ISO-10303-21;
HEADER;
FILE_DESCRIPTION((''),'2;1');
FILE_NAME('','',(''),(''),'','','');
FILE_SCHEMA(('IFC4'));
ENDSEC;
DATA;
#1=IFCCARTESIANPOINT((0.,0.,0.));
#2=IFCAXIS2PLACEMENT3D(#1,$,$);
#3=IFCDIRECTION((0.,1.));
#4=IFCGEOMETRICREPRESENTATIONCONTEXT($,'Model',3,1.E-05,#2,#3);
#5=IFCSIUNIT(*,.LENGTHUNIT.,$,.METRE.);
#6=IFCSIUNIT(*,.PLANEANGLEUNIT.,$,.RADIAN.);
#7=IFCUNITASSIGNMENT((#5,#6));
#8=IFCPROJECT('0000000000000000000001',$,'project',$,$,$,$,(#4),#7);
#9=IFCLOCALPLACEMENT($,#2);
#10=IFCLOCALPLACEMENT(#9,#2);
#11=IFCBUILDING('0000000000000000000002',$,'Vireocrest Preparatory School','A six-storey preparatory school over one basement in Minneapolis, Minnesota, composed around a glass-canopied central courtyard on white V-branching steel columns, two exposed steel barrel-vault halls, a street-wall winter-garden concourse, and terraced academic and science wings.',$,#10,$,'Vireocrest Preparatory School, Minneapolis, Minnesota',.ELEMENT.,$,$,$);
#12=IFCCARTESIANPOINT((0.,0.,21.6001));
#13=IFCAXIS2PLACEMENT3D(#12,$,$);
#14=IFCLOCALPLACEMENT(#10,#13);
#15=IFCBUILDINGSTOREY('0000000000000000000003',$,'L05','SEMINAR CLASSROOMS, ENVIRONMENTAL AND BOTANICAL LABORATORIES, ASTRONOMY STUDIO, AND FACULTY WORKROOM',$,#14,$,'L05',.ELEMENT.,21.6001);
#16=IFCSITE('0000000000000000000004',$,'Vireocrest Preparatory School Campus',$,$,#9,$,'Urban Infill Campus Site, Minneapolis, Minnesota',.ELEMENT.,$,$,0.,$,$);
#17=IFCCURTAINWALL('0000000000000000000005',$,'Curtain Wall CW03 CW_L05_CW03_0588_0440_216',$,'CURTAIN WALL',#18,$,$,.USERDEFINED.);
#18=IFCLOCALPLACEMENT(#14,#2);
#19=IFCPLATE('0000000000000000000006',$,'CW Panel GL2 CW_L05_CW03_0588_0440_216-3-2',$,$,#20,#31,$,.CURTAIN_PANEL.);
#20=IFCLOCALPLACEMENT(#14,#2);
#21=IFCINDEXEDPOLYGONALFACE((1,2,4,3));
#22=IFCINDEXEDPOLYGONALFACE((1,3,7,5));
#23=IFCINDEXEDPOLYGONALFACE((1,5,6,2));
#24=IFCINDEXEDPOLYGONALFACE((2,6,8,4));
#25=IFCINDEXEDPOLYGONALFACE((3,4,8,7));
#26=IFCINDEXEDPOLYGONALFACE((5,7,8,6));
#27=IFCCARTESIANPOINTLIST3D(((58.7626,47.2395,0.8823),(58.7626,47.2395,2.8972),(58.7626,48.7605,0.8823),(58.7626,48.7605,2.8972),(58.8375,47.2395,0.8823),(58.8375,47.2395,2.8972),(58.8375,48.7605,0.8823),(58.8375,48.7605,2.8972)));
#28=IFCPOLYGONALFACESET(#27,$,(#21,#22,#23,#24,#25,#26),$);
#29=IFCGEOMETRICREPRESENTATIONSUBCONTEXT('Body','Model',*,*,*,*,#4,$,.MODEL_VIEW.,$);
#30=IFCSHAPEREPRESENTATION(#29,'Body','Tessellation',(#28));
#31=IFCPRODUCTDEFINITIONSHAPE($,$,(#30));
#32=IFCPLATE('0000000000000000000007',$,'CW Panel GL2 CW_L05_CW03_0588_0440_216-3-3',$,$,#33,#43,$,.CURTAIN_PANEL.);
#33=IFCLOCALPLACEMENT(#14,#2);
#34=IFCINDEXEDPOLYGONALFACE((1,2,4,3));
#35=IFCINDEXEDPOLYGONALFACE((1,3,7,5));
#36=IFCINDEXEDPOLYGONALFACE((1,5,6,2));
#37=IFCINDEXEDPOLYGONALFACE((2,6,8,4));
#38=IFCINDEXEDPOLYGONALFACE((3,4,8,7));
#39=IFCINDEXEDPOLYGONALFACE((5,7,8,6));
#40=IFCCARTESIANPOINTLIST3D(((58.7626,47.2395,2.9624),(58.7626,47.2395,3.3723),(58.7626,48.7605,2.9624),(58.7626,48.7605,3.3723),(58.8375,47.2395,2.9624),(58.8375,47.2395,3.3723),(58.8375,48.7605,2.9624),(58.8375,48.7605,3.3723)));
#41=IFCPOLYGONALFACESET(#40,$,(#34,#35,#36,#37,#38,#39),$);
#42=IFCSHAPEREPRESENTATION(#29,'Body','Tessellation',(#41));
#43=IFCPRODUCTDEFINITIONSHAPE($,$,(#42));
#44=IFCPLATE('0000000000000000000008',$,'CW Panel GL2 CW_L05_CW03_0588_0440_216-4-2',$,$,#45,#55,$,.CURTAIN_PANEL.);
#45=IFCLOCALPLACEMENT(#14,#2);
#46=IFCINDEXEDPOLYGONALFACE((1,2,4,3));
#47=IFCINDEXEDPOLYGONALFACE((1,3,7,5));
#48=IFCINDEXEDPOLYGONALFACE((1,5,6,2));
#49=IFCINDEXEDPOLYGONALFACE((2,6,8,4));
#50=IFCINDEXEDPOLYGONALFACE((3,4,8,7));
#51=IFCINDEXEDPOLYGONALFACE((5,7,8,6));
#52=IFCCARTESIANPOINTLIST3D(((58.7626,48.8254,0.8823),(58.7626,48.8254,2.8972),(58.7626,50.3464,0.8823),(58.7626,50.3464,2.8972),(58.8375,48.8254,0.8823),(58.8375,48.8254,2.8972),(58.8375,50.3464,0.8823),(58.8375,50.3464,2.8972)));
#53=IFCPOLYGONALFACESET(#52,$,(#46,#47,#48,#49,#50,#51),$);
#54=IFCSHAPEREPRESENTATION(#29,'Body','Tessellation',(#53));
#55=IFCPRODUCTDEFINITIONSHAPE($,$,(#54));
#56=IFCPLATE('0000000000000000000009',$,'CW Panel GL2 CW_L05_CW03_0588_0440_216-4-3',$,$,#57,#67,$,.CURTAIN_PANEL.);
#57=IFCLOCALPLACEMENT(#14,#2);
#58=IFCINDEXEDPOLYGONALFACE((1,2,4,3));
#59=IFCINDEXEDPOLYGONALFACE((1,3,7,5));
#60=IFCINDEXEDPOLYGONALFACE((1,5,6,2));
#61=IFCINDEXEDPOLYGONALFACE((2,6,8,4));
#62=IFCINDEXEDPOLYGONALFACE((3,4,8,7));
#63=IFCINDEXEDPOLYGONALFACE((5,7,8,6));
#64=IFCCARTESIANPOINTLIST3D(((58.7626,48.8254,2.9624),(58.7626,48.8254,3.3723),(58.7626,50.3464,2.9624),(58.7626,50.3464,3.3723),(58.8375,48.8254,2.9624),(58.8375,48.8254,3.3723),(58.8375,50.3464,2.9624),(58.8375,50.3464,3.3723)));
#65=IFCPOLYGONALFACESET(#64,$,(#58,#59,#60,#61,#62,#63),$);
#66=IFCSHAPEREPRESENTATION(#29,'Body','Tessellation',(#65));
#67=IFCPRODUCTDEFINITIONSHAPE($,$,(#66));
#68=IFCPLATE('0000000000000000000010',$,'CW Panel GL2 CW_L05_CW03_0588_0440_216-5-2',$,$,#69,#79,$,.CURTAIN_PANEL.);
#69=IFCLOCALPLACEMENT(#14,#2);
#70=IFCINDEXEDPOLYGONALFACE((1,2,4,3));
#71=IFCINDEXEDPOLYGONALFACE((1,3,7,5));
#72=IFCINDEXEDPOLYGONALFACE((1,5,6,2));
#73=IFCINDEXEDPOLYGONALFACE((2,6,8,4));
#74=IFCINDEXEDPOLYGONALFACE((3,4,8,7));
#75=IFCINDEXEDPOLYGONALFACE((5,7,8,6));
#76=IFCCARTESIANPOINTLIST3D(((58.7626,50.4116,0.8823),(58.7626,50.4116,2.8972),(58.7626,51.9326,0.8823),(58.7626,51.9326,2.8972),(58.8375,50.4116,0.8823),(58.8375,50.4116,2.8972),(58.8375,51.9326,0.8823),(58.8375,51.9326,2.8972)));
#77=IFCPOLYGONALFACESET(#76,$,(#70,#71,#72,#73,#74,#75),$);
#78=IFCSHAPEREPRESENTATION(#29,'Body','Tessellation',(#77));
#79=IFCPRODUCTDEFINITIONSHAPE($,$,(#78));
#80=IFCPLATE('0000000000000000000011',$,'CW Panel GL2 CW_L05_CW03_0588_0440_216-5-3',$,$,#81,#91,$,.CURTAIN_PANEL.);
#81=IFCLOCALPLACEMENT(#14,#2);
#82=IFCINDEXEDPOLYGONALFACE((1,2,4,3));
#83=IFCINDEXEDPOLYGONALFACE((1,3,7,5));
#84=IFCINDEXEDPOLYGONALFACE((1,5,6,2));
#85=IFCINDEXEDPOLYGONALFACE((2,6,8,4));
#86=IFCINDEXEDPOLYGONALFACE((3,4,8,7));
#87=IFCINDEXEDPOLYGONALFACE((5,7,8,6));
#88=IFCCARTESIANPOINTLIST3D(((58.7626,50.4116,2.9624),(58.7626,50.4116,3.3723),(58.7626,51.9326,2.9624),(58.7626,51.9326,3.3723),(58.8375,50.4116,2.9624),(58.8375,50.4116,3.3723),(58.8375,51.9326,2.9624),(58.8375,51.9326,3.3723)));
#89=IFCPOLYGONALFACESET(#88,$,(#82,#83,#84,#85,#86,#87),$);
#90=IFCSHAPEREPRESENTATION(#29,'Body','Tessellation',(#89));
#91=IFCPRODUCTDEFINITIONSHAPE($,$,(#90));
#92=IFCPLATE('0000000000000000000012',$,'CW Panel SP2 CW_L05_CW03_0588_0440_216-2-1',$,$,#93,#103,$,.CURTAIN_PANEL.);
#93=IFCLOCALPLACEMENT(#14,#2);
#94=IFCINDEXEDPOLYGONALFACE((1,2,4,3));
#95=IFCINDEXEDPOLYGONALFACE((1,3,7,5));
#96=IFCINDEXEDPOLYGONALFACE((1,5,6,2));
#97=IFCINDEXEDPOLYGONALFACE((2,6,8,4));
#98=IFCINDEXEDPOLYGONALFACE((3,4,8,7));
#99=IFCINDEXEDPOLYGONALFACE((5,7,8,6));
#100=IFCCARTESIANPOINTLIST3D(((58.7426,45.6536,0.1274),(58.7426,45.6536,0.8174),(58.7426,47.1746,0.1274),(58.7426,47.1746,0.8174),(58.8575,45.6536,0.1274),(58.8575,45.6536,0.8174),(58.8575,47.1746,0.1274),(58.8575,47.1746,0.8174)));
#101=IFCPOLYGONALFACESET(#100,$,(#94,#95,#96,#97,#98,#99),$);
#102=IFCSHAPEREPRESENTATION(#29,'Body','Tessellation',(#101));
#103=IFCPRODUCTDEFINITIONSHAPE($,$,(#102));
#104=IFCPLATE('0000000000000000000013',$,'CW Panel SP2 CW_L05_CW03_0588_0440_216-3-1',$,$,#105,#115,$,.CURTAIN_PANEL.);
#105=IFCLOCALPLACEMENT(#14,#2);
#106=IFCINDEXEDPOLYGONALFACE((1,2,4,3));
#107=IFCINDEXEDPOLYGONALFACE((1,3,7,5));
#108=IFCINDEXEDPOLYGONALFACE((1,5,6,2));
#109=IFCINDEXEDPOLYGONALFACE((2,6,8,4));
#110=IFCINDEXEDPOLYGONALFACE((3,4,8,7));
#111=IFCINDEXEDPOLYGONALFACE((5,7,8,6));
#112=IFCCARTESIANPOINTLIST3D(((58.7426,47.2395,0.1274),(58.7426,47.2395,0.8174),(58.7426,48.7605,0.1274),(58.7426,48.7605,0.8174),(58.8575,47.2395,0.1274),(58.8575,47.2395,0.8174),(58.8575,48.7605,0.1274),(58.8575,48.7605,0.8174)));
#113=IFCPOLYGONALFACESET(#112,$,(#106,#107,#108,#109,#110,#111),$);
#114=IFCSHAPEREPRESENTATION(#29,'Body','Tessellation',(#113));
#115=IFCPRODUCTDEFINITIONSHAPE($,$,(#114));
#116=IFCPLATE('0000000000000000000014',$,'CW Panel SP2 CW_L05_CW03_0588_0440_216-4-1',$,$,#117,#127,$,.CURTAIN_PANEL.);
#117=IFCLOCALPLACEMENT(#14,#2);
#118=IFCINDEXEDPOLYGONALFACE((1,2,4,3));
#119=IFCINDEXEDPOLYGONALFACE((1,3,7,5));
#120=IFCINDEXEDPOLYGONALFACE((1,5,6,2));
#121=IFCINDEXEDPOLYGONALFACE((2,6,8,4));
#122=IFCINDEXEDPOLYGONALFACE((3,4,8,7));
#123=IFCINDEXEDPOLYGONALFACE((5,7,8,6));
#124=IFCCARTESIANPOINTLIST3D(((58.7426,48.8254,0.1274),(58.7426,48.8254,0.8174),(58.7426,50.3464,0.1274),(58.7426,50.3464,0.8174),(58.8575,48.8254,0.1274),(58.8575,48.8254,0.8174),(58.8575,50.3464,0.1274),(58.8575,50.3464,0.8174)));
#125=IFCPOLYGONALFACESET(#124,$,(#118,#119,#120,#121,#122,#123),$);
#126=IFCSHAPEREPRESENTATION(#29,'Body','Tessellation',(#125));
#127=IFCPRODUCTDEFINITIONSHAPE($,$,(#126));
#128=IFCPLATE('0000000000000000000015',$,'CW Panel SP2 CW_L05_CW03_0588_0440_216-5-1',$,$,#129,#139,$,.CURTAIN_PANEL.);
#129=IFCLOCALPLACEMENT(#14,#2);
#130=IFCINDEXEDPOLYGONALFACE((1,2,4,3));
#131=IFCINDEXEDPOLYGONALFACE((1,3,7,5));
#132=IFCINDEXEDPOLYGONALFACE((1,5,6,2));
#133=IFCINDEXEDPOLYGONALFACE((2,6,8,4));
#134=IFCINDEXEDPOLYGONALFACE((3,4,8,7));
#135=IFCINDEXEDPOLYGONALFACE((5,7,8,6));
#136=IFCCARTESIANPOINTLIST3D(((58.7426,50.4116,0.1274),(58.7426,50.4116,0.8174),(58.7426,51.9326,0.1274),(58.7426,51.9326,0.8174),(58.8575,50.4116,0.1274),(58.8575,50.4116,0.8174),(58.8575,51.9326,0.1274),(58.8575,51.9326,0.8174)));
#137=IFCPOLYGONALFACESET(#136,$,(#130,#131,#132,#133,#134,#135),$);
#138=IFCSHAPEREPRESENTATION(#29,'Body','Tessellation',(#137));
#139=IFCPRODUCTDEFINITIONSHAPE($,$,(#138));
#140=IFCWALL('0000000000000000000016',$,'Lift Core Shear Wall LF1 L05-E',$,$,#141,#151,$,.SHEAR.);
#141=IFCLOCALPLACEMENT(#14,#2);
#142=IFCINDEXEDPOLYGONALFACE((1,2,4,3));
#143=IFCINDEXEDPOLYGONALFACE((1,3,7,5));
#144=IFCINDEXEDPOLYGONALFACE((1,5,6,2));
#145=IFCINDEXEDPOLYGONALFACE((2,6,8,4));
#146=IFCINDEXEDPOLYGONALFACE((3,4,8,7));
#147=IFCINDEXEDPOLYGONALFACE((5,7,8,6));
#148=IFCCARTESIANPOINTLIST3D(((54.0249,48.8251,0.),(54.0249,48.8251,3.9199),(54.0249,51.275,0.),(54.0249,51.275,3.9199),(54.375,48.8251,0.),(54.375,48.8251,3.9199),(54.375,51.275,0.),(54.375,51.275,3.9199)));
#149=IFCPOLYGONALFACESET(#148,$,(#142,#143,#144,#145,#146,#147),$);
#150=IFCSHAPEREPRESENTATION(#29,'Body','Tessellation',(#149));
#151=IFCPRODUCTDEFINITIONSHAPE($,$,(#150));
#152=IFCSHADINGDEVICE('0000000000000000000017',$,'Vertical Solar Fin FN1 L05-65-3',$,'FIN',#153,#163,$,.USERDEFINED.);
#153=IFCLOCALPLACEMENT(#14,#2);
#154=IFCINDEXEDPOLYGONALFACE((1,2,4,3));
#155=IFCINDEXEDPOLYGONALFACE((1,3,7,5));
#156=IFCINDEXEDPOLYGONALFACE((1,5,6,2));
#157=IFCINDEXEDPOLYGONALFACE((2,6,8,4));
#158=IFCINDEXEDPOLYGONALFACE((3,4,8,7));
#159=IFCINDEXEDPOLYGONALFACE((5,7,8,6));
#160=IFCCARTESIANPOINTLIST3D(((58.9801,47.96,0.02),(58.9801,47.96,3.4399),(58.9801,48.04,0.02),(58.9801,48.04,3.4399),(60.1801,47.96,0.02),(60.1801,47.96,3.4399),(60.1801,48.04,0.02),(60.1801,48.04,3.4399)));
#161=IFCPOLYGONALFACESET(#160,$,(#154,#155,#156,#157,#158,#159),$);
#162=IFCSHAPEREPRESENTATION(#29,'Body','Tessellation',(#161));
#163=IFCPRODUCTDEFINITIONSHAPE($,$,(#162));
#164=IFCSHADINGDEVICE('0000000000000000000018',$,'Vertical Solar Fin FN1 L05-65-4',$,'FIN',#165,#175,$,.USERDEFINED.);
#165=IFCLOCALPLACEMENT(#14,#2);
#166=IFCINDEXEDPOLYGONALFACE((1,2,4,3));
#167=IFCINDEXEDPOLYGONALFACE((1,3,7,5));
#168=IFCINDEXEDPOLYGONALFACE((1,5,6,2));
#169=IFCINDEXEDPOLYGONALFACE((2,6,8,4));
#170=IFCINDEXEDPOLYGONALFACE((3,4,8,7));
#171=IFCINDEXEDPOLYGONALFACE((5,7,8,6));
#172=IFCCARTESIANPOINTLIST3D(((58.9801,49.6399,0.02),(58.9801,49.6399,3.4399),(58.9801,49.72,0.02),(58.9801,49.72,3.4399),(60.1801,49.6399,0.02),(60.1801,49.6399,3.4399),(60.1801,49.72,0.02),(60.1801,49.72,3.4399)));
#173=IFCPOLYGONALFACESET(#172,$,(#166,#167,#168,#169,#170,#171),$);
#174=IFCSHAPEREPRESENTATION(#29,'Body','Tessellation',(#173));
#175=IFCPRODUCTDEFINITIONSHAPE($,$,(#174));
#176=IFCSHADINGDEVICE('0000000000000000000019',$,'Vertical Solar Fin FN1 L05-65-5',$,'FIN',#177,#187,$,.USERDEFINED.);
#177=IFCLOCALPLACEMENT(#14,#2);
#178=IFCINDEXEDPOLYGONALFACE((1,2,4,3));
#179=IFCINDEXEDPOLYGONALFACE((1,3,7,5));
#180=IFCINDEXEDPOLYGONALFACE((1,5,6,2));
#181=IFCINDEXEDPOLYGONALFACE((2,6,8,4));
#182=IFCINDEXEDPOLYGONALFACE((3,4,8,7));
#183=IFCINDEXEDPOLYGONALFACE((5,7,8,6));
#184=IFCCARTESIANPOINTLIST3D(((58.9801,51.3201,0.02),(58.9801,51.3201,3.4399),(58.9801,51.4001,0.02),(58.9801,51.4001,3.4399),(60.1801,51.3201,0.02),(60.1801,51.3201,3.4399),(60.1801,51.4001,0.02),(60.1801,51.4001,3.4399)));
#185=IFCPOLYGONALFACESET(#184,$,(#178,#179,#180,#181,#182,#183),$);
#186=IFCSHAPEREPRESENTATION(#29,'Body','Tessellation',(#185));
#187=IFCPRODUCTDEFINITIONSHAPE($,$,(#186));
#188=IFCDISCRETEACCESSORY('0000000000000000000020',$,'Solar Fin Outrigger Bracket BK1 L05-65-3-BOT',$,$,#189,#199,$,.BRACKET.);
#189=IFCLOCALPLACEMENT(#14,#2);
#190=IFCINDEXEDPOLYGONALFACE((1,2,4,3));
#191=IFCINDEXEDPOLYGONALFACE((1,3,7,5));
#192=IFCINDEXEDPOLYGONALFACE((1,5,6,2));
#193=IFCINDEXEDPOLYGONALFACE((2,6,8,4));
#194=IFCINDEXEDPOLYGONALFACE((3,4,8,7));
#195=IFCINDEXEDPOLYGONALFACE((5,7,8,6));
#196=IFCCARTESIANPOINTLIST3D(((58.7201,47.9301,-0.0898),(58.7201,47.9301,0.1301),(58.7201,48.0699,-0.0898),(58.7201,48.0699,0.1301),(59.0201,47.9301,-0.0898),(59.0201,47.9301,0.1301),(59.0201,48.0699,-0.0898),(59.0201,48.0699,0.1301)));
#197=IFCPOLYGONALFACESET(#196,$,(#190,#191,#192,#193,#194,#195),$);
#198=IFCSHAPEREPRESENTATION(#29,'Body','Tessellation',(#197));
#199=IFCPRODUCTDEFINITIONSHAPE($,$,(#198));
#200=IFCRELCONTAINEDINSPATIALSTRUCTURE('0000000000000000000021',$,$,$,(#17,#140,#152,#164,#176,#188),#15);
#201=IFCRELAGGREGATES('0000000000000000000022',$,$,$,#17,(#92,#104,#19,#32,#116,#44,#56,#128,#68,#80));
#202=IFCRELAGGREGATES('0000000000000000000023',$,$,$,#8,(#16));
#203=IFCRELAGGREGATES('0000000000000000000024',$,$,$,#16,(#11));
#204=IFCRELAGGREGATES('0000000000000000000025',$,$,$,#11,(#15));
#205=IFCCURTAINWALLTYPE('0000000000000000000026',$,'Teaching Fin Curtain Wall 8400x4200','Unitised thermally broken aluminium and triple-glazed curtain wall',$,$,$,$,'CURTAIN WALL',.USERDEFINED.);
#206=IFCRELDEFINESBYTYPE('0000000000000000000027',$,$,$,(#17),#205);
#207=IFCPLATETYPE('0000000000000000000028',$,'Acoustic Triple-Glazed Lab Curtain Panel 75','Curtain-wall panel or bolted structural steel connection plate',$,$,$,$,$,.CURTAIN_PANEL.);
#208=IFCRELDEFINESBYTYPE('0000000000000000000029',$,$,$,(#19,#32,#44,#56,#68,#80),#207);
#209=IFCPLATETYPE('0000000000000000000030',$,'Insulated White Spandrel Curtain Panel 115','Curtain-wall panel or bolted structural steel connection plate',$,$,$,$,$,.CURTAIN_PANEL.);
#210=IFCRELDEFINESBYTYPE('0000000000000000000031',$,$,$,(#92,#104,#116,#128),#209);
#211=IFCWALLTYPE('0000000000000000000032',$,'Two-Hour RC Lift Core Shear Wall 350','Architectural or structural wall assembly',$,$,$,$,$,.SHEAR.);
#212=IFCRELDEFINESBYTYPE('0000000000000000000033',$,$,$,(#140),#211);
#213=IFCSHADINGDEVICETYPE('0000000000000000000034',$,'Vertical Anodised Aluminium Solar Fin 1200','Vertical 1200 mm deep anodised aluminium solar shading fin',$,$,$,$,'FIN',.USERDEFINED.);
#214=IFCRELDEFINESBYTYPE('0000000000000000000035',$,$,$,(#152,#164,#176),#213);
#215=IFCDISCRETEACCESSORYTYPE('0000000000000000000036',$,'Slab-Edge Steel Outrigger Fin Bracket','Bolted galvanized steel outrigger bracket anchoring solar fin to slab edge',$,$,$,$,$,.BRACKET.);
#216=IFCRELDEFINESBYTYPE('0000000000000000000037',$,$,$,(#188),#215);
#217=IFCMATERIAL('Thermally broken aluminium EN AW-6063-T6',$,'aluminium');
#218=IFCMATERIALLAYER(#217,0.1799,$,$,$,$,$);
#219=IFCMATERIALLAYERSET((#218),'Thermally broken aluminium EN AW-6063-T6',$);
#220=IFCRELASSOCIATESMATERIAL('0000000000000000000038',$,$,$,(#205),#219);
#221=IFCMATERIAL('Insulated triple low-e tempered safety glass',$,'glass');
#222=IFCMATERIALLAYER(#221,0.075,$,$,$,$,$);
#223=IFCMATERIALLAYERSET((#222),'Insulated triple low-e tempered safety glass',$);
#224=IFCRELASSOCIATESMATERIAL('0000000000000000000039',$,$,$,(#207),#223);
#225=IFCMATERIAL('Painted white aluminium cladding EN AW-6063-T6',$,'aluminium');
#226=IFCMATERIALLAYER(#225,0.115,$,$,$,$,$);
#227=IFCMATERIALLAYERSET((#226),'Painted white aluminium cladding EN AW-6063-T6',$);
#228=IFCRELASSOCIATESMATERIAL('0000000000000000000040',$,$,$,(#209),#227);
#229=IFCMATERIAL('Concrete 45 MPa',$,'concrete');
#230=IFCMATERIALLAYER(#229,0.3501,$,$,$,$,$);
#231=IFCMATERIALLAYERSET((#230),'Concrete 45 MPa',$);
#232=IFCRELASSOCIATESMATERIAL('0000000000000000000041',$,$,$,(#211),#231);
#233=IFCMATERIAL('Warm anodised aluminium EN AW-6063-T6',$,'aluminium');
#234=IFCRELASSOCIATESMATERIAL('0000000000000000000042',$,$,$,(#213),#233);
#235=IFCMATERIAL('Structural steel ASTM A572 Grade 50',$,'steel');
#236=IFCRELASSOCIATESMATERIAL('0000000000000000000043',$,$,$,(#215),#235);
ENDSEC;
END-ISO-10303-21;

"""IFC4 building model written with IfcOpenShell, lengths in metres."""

from ifc_helpers import new_model, si_unit, direction, frame, frame_2d, origin, origin_2d, place, context, subcontext, project, spatial, rectangle, extrude, material, layer, layer_set, material_profile, profile_set, type_object, element, aggregate, save


model = new_model("IFC4")

# Units and contexts
model_context = context("Model", 3, precision=1e-05, world=origin(), true_north=direction((0.0, 1.0)))
body_context = subcontext(model_context, "Body", "Model", "MODEL_VIEW")
ifc_project = project(units=[si_unit("LENGTHUNIT", "METRE"), si_unit("PLANEANGLEUNIT", "RADIAN")], contexts=[model_context])

# Site, building, storey
site_placement = place(None, origin())
site = spatial("IfcSite", under=ifc_project, at=site_placement, Name="Vireocrest Preparatory School Campus", LongName="Urban Infill Campus Site, Minneapolis, Minnesota", CompositionType="ELEMENT", RefElevation=0.0)
building_placement = place(site_placement, origin())
building = spatial("IfcBuilding", under=site, at=building_placement, Name="Vireocrest Preparatory School", Description="A six-storey preparatory school over one basement in Minneapolis, Minnesota, composed around a glass-canopied central courtyard on white V-branching steel columns, two exposed steel barrel-vault halls, a street-wall winter-garden concourse, and terraced academic and science wings.", LongName="Vireocrest Preparatory School, Minneapolis, Minnesota", CompositionType="ELEMENT")
storey_placement = place(building_placement, frame((0.0, 0.0, 21.6001)))
storey = spatial("IfcBuildingStorey", under=building, at=storey_placement, Name="L05", Description="SEMINAR CLASSROOMS, ENVIRONMENTAL AND BOTANICAL LABORATORIES, ASTRONOMY STUDIO, AND FACULTY WORKROOM", LongName="L05", CompositionType="ELEMENT", Elevation=21.6001)

# Curtain wall
ifc_material_1 = material(Name="Thermally broken aluminium EN AW-6063-T6", Category="aluminium")
ifc_layer_1 = layer(ifc_material_1, 0.1799)
ifc_layer_set_1 = layer_set([ifc_layer_1], Name="Thermally broken aluminium EN AW-6063-T6")
curtain_wall_type = type_object("IfcCurtainWallType", Name="Teaching Fin Curtain Wall 8400x4200", Description="Unitised thermally broken aluminium and triple-glazed curtain wall", ElementType="CURTAIN WALL", PredefinedType="USERDEFINED", material=ifc_layer_set_1)
curtain_wall_placement = place(storey_placement, origin())
curtain_wall = element("IfcCurtainWall", 1, at=curtain_wall_placement, inside=storey, type_object=curtain_wall_type, Name="Curtain Wall CW03 CW_L05_CW03_0588_0440_216", ObjectType="CURTAIN WALL", PredefinedType="USERDEFINED")

# Plates
ifc_material_2 = material(Name="Insulated triple low-e tempered safety glass", Category="glass")
ifc_layer_2 = layer(ifc_material_2, 0.075)
ifc_layer_set_2 = layer_set([ifc_layer_2], Name="Insulated triple low-e tempered safety glass")
plate_type_1 = type_object("IfcPlateType", Name="Acoustic Triple-Glazed Lab Curtain Panel 75", Description="Curtain-wall panel or bolted structural steel connection plate", PredefinedType="CURTAIN_PANEL", material=ifc_layer_set_2)
plate_1_placement = place(storey_placement, frame((58.8, 48.0, 0.8823), z_axis=(0.0, 0.0, 1.0), x_axis=(0.0, 1.0, 0.0)))
plate_1 = element("IfcPlate", 2, at=plate_1_placement, type_object=plate_type_1, Name="CW Panel GL2 CW_L05_CW03_0588_0440_216-3-2", PredefinedType="CURTAIN_PANEL", context=body_context, shape_type="SweptSolid", body=[
    extrude(rectangle(XDim=1.521, YDim=0.075, at=origin_2d()), origin(), (0.0, 0.0, 1.0), 2.0149),
])
plate_2_placement = place(storey_placement, frame((58.8, 48.0, 2.9624), z_axis=(0.0, 0.0, 1.0), x_axis=(0.0, 1.0, 0.0)))
plate_2 = element("IfcPlate", 3, at=plate_2_placement, type_object=plate_type_1, Name="CW Panel GL2 CW_L05_CW03_0588_0440_216-3-3", PredefinedType="CURTAIN_PANEL", context=body_context, shape_type="SweptSolid", body=[
    extrude(rectangle(XDim=1.521, YDim=0.075, at=origin_2d()), origin(), (0.0, 0.0, 1.0), 0.4099),
])
plate_3_placement = place(storey_placement, frame((58.8, 49.5859, 0.8823), z_axis=(0.0, 0.0, 1.0), x_axis=(0.0, 1.0, 0.0)))
plate_3 = element("IfcPlate", 4, at=plate_3_placement, type_object=plate_type_1, Name="CW Panel GL2 CW_L05_CW03_0588_0440_216-4-2", PredefinedType="CURTAIN_PANEL", context=body_context, shape_type="SweptSolid", body=[
    extrude(rectangle(XDim=1.521, YDim=0.075, at=origin_2d()), origin(), (0.0, 0.0, 1.0), 2.0149),
])
plate_4_placement = place(storey_placement, frame((58.8, 49.5859, 2.9624), z_axis=(0.0, 0.0, 1.0), x_axis=(0.0, 1.0, 0.0)))
plate_4 = element("IfcPlate", 5, at=plate_4_placement, type_object=plate_type_1, Name="CW Panel GL2 CW_L05_CW03_0588_0440_216-4-3", PredefinedType="CURTAIN_PANEL", context=body_context, shape_type="SweptSolid", body=[
    extrude(rectangle(XDim=1.521, YDim=0.075, at=origin_2d()), origin(), (0.0, 0.0, 1.0), 0.4099),
])
plate_5_placement = place(storey_placement, frame((58.8, 51.1721, 0.8823), z_axis=(0.0, 0.0, 1.0), x_axis=(0.0, 1.0, 0.0)))
plate_5 = element("IfcPlate", 6, at=plate_5_placement, type_object=plate_type_1, Name="CW Panel GL2 CW_L05_CW03_0588_0440_216-5-2", PredefinedType="CURTAIN_PANEL", context=body_context, shape_type="SweptSolid", body=[
    extrude(rectangle(XDim=1.521, YDim=0.075, at=origin_2d()), origin(), (0.0, 0.0, 1.0), 2.0149),
])
plate_6_placement = place(storey_placement, frame((58.8, 51.1721, 2.9624), z_axis=(0.0, 0.0, 1.0), x_axis=(0.0, 1.0, 0.0)))
plate_6 = element("IfcPlate", 7, at=plate_6_placement, type_object=plate_type_1, Name="CW Panel GL2 CW_L05_CW03_0588_0440_216-5-3", PredefinedType="CURTAIN_PANEL", context=body_context, shape_type="SweptSolid", body=[
    extrude(rectangle(XDim=1.521, YDim=0.075, at=origin_2d()), origin(), (0.0, 0.0, 1.0), 0.4099),
])
ifc_material_3 = material(Name="Painted white aluminium cladding EN AW-6063-T6", Category="aluminium")
ifc_layer_3 = layer(ifc_material_3, 0.115)
ifc_layer_set_3 = layer_set([ifc_layer_3], Name="Painted white aluminium cladding EN AW-6063-T6")
plate_type_2 = type_object("IfcPlateType", Name="Insulated White Spandrel Curtain Panel 115", Description="Curtain-wall panel or bolted structural steel connection plate", PredefinedType="CURTAIN_PANEL", material=ifc_layer_set_3)
plate_7_placement = place(storey_placement, frame((58.8, 46.4141, 0.1274), z_axis=(0.0, 0.0, 1.0), x_axis=(0.0, 1.0, 0.0)))
plate_7 = element("IfcPlate", 8, at=plate_7_placement, type_object=plate_type_2, Name="CW Panel SP2 CW_L05_CW03_0588_0440_216-2-1", PredefinedType="CURTAIN_PANEL", context=body_context, shape_type="SweptSolid", body=[
    extrude(rectangle(XDim=1.521, YDim=0.115, at=origin_2d()), origin(), (0.0, 0.0, 1.0), 0.6899),
])
plate_8_placement = place(storey_placement, frame((58.8, 48.0, 0.1274), z_axis=(0.0, 0.0, 1.0), x_axis=(0.0, 1.0, 0.0)))
plate_8 = element("IfcPlate", 9, at=plate_8_placement, type_object=plate_type_2, Name="CW Panel SP2 CW_L05_CW03_0588_0440_216-3-1", PredefinedType="CURTAIN_PANEL", context=body_context, shape_type="SweptSolid", body=[
    extrude(rectangle(XDim=1.521, YDim=0.115, at=origin_2d()), origin(), (0.0, 0.0, 1.0), 0.6899),
])
plate_9_placement = place(storey_placement, frame((58.8, 49.5859, 0.1274), z_axis=(0.0, 0.0, 1.0), x_axis=(0.0, 1.0, 0.0)))
plate_9 = element("IfcPlate", 10, at=plate_9_placement, type_object=plate_type_2, Name="CW Panel SP2 CW_L05_CW03_0588_0440_216-4-1", PredefinedType="CURTAIN_PANEL", context=body_context, shape_type="SweptSolid", body=[
    extrude(rectangle(XDim=1.521, YDim=0.115, at=origin_2d()), origin(), (0.0, 0.0, 1.0), 0.6899),
])
plate_10_placement = place(storey_placement, frame((58.8, 51.1721, 0.1274), z_axis=(0.0, 0.0, 1.0), x_axis=(0.0, 1.0, 0.0)))
plate_10 = element("IfcPlate", 11, at=plate_10_placement, type_object=plate_type_2, Name="CW Panel SP2 CW_L05_CW03_0588_0440_216-5-1", PredefinedType="CURTAIN_PANEL", context=body_context, shape_type="SweptSolid", body=[
    extrude(rectangle(XDim=1.521, YDim=0.115, at=origin_2d()), origin(), (0.0, 0.0, 1.0), 0.6899),
])
aggregate(curtain_wall, [plate_7, plate_8, plate_1, plate_2, plate_9, plate_3, plate_4, plate_10, plate_5, plate_6])

# Wall
ifc_material_4 = material(Name="Concrete 45 MPa", Category="concrete")
ifc_layer_4 = layer(ifc_material_4, 0.3501)
ifc_layer_set_4 = layer_set([ifc_layer_4], Name="Concrete 45 MPa")
wall_type = type_object("IfcWallType", Name="Two-Hour RC Lift Core Shear Wall 350", Description="Architectural or structural wall assembly", PredefinedType="SHEAR", material=ifc_layer_set_4)
wall_placement = place(storey_placement, frame((54.2, 48.825, 0.0), z_axis=(0.0, 0.0, 1.0), x_axis=(0.0, 1.0, 0.0)))
element("IfcWall", 12, at=wall_placement, inside=storey, type_object=wall_type, Name="Lift Core Shear Wall LF1 L05-E", PredefinedType="SHEAR", context=body_context, shape_type="SweptSolid", body=[
    extrude(rectangle(XDim=2.45, YDim=0.3501, at=frame_2d((1.2251, 0.0))), origin(), (0.0, 0.0, 1.0), 3.9199),
])

# Shading devices
ifc_material_5 = material(Name="Warm anodised aluminium EN AW-6063-T6", Category="aluminium")
ifc_material_profile_1 = material_profile(ifc_material_5, rectangle(XDim=0.0801, YDim=1.2, at=origin_2d()), Name="FIN 80x1200")
ifc_profile_set_1 = profile_set([ifc_material_profile_1], Name="Warm anodised aluminium EN AW-6063-T6")
shading_device_type = type_object("IfcShadingDeviceType", Name="Vertical Anodised Aluminium Solar Fin 1200", Description="Vertical 1200 mm deep anodised aluminium solar shading fin", ElementType="FIN", PredefinedType="USERDEFINED", material=ifc_profile_set_1)
for number, where, z_axis, x_axis, name in (
    (13, (59.5801, 48.0, 0.02), (0.0, 0.0, 1.0), (0.0, -1.0, 0.0), "Vertical Solar Fin FN1 L05-65-3"),
    (14, (59.5801, 49.6799, 0.02), (0.0, 0.0, 1.0), (0.0, -1.0, 0.0), "Vertical Solar Fin FN1 L05-65-4"),
    (15, (59.5801, 51.3601, 0.02), (0.0, 0.0, 1.0), (0.0, -1.0, 0.0), "Vertical Solar Fin FN1 L05-65-5"),
):
    element("IfcShadingDevice", number, at=place(storey_placement, frame(where, z_axis=z_axis, x_axis=x_axis)), inside=storey, type_object=shading_device_type, Name=name, ObjectType="FIN", PredefinedType="USERDEFINED", context=body_context, shape_type="SweptSolid", body=[
        extrude(rectangle(XDim=0.0801, YDim=1.2, at=origin_2d()), origin(), (0.0, 0.0, 1.0), 3.4199),
    ])

# Discrete accessory
ifc_material_6 = material(Name="Structural steel ASTM A572 Grade 50", Category="steel")
discrete_accessory_type = type_object("IfcDiscreteAccessoryType", Name="Slab-Edge Steel Outrigger Fin Bracket", Description="Bolted galvanized steel outrigger bracket anchoring solar fin to slab edge", PredefinedType="BRACKET", material=ifc_material_6)
for number, where, z_axis, x_axis, name in (
    (16, (58.8701, 48.0, -0.0898), (0.0, 0.0, 1.0), (0.0, -1.0, 0.0), "Solar Fin Outrigger Bracket BK1 L05-65-3-BOT"),
):
    element("IfcDiscreteAccessory", number, at=place(storey_placement, frame(where, z_axis=z_axis, x_axis=x_axis)), inside=storey, type_object=discrete_accessory_type, Name=name, PredefinedType="BRACKET", context=body_context, shape_type="SweptSolid", body=[
        extrude(rectangle(XDim=0.1399, YDim=0.3, at=origin_2d()), origin(), (0.0, 0.0, 1.0), 0.22),
    ])

save(model, "model.ifc")
